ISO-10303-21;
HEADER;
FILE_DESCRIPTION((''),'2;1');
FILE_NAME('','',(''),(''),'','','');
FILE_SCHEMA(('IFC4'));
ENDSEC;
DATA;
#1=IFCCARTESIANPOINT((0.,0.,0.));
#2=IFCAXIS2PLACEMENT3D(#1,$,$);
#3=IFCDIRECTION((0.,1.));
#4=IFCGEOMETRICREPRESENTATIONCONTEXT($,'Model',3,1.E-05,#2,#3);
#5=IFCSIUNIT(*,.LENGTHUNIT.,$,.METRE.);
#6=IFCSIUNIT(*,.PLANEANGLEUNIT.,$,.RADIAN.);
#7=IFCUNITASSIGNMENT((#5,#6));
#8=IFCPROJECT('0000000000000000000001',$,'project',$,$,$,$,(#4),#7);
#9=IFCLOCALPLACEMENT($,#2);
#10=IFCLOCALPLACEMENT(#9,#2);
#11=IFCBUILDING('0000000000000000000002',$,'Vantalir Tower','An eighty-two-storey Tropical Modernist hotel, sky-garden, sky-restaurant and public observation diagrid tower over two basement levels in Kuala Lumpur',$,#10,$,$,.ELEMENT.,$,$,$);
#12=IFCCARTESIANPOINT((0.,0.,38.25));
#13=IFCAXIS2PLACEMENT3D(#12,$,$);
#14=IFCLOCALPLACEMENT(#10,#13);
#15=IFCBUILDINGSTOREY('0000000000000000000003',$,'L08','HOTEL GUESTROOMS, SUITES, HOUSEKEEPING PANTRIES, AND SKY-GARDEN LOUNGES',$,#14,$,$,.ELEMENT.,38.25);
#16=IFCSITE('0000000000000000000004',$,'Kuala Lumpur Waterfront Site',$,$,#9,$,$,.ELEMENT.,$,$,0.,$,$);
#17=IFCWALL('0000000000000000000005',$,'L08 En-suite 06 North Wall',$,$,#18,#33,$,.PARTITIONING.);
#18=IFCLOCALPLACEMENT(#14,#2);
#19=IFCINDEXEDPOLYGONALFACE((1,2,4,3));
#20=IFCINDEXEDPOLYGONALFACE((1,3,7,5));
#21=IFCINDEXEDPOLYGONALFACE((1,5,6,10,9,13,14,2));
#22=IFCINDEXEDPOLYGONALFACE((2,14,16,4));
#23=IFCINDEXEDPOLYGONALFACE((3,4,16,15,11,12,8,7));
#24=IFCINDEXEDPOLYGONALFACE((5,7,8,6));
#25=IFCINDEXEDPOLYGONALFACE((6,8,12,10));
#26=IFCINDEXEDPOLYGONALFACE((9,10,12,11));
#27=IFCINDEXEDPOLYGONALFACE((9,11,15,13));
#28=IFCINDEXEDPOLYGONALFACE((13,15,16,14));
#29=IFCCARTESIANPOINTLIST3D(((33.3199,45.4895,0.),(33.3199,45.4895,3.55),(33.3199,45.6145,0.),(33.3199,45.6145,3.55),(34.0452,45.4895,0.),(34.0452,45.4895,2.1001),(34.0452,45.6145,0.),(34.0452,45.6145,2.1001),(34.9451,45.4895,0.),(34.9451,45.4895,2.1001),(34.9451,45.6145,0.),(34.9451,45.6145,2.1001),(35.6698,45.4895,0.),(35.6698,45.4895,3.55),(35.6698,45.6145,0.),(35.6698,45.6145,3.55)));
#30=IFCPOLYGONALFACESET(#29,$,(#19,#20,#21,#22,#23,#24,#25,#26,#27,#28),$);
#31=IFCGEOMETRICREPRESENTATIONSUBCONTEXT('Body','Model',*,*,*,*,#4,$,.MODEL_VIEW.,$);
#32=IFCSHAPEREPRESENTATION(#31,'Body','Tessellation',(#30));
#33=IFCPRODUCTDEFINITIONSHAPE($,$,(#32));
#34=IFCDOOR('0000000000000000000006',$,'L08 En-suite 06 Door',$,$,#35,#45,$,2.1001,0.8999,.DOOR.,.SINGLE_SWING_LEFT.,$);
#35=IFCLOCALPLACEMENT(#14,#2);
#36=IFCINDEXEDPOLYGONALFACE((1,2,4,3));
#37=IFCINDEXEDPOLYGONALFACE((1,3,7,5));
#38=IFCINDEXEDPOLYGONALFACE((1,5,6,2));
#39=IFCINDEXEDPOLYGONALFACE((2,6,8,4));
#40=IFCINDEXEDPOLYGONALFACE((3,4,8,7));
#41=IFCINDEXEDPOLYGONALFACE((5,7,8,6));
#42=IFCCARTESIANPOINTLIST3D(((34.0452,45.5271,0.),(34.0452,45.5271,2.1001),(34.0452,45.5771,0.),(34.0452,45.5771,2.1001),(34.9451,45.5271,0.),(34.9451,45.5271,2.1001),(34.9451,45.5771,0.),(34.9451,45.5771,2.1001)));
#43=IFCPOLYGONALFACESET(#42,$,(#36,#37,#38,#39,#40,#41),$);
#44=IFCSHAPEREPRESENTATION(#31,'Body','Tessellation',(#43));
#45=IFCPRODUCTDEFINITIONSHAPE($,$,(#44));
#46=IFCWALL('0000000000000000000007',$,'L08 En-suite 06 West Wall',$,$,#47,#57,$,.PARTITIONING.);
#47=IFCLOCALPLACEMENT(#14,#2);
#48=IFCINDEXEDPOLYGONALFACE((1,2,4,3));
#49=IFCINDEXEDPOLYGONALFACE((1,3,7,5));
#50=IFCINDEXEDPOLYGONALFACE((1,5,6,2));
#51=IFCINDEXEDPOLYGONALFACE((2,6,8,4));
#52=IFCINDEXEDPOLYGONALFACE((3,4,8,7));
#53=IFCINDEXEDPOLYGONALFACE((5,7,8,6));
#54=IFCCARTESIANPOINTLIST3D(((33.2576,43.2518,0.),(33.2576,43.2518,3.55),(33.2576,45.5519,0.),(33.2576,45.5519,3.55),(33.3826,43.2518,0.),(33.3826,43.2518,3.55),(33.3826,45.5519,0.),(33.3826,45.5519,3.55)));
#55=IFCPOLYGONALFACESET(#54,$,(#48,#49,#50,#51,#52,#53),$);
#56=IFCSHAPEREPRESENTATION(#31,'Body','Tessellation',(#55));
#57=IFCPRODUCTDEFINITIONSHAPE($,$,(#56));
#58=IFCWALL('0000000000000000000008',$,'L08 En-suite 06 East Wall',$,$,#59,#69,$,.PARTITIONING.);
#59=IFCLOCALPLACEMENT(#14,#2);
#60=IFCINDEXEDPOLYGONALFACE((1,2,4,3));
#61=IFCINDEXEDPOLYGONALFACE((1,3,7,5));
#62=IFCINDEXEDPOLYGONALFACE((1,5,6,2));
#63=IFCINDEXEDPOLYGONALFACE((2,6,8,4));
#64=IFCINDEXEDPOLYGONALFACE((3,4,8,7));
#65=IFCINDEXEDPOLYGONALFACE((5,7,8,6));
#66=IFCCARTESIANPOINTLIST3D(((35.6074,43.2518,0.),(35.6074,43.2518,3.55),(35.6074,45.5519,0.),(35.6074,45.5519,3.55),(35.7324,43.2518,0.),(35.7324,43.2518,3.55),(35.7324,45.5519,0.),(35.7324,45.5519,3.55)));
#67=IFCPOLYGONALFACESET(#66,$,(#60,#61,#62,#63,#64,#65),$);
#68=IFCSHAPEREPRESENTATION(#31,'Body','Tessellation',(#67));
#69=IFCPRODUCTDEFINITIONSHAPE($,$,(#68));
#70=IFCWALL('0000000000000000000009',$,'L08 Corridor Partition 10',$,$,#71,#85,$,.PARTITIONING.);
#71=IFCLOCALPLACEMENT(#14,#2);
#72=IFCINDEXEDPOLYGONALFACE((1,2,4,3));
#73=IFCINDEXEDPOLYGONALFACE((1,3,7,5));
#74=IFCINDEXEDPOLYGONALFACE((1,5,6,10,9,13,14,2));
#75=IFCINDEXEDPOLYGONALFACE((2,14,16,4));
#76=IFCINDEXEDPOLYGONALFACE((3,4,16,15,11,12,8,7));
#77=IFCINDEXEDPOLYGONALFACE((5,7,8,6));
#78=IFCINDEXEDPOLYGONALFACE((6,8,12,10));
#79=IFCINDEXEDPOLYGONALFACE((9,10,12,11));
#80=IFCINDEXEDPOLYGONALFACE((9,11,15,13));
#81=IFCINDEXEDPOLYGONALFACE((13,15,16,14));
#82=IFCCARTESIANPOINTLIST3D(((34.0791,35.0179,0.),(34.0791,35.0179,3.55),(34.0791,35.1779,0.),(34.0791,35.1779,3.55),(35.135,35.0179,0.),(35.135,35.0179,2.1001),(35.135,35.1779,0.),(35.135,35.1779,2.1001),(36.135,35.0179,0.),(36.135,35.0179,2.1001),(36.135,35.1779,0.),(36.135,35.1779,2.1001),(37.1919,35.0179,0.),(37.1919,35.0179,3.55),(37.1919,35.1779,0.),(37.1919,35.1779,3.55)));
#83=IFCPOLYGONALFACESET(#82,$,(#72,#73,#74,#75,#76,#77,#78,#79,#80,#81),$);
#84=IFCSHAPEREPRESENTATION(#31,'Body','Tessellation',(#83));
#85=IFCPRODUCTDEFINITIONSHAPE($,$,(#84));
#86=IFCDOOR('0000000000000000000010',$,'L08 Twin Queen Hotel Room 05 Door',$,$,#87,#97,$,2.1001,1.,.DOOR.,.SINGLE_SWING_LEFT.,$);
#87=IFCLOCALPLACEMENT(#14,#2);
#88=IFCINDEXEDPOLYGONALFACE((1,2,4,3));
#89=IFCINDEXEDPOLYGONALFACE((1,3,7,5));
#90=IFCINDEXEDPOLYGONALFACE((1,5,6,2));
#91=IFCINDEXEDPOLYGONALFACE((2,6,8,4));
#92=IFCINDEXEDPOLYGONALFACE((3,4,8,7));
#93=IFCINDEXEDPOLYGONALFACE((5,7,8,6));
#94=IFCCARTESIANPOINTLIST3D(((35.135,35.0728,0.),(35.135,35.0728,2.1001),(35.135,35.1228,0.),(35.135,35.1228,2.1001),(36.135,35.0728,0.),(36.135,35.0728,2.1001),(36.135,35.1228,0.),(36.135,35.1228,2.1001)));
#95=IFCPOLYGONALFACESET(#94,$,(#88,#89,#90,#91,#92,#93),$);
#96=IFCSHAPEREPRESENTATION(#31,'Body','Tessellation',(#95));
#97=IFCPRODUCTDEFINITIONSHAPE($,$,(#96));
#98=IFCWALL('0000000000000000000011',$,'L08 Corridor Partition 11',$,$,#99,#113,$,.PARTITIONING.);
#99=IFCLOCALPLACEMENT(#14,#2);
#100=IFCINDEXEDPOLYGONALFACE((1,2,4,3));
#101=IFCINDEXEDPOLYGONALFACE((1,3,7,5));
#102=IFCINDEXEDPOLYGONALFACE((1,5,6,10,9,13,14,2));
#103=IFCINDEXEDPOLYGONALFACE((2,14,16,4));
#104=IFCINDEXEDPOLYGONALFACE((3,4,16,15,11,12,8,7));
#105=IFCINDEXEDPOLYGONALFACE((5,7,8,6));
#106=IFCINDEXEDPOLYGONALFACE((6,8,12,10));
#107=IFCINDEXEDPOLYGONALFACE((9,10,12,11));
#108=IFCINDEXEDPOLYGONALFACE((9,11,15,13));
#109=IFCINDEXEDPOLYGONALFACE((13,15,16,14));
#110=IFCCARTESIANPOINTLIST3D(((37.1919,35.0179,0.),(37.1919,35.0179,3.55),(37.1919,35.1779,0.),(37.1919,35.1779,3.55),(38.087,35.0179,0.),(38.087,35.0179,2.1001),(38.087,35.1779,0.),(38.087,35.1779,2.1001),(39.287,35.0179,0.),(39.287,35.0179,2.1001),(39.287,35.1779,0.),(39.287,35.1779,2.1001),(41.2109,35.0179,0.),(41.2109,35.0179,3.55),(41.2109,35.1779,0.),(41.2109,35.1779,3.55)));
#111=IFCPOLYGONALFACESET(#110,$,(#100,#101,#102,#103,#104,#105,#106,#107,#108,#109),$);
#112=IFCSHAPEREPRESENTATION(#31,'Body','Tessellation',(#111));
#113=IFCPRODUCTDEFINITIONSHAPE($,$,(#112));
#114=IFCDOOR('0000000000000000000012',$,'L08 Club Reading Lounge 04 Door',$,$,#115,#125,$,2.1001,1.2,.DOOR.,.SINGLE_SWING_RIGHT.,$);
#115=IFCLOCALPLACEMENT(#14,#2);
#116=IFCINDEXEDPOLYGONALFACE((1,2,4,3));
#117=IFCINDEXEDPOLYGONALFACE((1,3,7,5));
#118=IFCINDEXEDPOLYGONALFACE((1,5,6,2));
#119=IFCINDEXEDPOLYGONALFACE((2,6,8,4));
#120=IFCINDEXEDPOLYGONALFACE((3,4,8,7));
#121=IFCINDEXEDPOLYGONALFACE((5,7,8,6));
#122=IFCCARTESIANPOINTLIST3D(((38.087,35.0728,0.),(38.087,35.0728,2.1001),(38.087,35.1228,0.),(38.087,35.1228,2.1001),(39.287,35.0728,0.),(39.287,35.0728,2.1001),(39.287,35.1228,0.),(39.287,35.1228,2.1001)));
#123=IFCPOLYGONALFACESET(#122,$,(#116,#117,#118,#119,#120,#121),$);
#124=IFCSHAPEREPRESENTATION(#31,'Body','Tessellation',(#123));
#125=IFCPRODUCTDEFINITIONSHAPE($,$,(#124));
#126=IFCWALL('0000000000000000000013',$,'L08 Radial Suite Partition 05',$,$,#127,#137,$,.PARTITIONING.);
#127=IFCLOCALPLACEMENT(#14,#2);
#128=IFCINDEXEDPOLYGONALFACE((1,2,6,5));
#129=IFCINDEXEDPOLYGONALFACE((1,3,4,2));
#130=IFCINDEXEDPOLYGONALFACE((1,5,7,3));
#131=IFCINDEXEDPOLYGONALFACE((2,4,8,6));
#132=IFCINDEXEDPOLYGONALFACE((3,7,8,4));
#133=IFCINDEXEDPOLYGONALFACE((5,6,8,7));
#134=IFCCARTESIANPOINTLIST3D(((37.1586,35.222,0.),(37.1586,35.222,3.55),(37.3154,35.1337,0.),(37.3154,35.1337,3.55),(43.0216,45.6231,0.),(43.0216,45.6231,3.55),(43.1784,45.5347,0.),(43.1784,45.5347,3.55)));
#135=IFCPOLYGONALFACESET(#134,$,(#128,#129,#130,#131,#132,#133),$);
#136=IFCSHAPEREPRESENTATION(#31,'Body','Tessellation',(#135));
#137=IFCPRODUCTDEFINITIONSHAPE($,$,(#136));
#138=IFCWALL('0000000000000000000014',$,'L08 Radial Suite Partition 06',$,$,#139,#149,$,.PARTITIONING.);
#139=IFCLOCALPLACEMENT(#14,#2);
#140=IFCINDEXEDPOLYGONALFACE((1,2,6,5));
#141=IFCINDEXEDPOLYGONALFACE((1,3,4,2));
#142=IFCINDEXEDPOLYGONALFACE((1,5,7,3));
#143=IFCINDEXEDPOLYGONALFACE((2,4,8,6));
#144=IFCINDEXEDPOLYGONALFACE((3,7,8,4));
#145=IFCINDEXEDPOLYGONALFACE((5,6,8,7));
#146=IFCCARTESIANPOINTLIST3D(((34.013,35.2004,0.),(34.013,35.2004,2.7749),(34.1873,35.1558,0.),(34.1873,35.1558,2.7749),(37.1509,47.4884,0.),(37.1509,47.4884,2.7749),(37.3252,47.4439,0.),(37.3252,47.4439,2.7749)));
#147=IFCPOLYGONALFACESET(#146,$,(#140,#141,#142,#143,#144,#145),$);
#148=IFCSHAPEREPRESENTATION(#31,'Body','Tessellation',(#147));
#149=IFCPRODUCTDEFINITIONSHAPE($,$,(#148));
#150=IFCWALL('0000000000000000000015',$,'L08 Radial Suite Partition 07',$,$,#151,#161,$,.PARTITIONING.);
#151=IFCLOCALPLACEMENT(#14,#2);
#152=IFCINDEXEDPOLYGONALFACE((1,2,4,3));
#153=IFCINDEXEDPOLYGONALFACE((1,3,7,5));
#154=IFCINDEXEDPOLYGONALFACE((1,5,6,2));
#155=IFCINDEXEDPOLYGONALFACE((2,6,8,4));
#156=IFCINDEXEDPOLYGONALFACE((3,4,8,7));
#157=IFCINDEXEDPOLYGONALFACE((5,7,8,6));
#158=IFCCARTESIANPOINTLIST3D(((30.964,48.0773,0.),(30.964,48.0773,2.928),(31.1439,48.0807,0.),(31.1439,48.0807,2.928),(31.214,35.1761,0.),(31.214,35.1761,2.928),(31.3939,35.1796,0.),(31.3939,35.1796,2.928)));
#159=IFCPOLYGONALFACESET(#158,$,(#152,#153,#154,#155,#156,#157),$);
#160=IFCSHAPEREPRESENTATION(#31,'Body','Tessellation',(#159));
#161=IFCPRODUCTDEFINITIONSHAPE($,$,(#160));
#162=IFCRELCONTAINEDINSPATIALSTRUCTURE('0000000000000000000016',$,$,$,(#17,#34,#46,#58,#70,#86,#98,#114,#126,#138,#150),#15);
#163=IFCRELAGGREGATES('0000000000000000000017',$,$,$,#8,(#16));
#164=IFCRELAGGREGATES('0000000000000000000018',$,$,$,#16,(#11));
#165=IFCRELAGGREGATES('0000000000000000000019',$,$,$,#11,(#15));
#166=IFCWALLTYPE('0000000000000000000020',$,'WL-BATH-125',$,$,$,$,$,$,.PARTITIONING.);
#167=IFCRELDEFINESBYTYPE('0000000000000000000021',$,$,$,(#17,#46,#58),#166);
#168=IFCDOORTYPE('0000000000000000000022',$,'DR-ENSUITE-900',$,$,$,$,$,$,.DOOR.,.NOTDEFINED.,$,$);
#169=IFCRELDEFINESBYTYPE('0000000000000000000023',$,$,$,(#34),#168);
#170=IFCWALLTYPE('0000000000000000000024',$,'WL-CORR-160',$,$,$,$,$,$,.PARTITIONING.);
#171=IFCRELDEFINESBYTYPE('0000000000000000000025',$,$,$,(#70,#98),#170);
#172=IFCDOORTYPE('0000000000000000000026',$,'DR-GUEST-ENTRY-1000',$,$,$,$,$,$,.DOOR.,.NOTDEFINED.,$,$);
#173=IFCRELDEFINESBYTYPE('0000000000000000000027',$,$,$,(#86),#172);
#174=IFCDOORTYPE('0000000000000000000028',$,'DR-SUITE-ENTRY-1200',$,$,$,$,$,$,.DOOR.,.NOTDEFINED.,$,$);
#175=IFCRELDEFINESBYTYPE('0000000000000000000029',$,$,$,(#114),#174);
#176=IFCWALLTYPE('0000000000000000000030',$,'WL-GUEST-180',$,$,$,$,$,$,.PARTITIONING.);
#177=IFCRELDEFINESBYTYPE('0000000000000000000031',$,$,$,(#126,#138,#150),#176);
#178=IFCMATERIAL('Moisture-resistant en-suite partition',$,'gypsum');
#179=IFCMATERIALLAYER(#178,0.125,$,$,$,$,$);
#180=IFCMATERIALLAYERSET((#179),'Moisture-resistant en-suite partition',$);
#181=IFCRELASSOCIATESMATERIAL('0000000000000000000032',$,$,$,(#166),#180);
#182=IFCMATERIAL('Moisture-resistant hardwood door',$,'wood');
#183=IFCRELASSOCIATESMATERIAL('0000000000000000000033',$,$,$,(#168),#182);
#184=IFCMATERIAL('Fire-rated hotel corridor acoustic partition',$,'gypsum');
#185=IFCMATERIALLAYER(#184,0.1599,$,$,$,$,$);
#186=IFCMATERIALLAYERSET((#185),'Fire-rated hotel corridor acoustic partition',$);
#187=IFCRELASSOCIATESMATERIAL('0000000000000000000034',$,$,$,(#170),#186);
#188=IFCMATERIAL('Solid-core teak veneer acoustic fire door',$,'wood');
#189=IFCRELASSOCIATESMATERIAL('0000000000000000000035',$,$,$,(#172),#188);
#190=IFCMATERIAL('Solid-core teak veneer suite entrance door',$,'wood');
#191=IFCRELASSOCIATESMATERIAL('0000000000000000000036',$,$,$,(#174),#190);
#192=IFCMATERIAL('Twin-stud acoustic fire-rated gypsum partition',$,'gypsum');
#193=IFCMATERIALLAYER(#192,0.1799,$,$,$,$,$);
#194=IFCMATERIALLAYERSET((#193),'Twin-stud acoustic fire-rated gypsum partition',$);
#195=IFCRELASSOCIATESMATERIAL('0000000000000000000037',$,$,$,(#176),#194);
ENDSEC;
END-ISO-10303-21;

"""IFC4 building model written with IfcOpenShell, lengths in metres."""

from ifc_helpers import new_model, si_unit, direction, frame, frame_2d, origin, place, context, subcontext, project, spatial, rectangle, extrude, material, layer, layer_set, type_object, element, fill, save


model = new_model("IFC4")

# Units and contexts
model_context = context("Model", 3, precision=1e-05, world=origin(), true_north=direction((0.0, 1.0)))
body_context = subcontext(model_context, "Body", "Model", "MODEL_VIEW")
ifc_project = project(units=[si_unit("LENGTHUNIT", "METRE"), si_unit("PLANEANGLEUNIT", "RADIAN")], contexts=[model_context])

# Site, building, storey
site_placement = place(None, origin())
site = spatial("IfcSite", under=ifc_project, at=site_placement, Name="Kuala Lumpur Waterfront Site", CompositionType="ELEMENT", RefElevation=0.0)
building_placement = place(site_placement, origin())
building = spatial("IfcBuilding", under=site, at=building_placement, Name="Vantalir Tower", Description="An eighty-two-storey Tropical Modernist hotel, sky-garden, sky-restaurant and public observation diagrid tower over two basement levels in Kuala Lumpur", CompositionType="ELEMENT")
storey_placement = place(building_placement, frame((0.0, 0.0, 38.25)))
storey = spatial("IfcBuildingStorey", under=building, at=storey_placement, Name="L08", Description="HOTEL GUESTROOMS, SUITES, HOUSEKEEPING PANTRIES, AND SKY-GARDEN LOUNGES", CompositionType="ELEMENT", Elevation=38.25)

# Shared definitions
ifc_material_1 = material(Name="Moisture-resistant en-suite partition", Category="gypsum")
ifc_layer_1 = layer(ifc_material_1, 0.125)
ifc_layer_set_1 = layer_set([ifc_layer_1], Name="Moisture-resistant en-suite partition")
wall_type_1 = type_object("IfcWallType", Name="WL-BATH-125", PredefinedType="PARTITIONING", material=ifc_layer_set_1)

# Shared definitions
ifc_material_2 = material(Name="Moisture-resistant hardwood door", Category="wood")
door_type_1 = type_object("IfcDoorType", Name="DR-ENSUITE-900", OperationType="NOTDEFINED", PredefinedType="DOOR", material=ifc_material_2)

# Wall, opening, door
wall_1_placement = place(storey_placement, frame((33.3201, 45.552, 0.0), z_axis=(0.0, 0.0, 1.0), x_axis=(1.0, 0.0, 0.0)))
wall_1 = element("IfcWall", 1, at=wall_1_placement, inside=storey, type_object=wall_type_1, Name="L08 En-suite 06 North Wall", PredefinedType="PARTITIONING", context=body_context, shape_type="SweptSolid", body=[
    extrude(rectangle(XDim=2.3499, YDim=0.125, at=frame_2d((1.1748, 0.0))), origin(), (0.0, 0.0, 1.0), 3.55),
])
opening_1_placement = place(wall_1_placement, frame((0.7251, 0.0, 0.0)))
opening_1 = element("IfcOpeningElement", 2, at=opening_1_placement, cuts=wall_1, PredefinedType="OPENING", context=body_context, shape_type="SweptSolid", body=[
    extrude(rectangle(XDim=0.8999, YDim=2.1001, at=frame_2d((0.45, 1.05))), frame((0.0, 0.0725, 0.0), z_axis=(0.0, -1.0, 0.0), x_axis=(1.0, 0.0, 0.0)), (0.0, 0.0, 1.0), 0.145),
])
door_1_placement = place(opening_1_placement, frame((0.8999, 0.0, 0.0), z_axis=(0.0, 0.0, 1.0), x_axis=(-1.0, 0.0, 0.0)))
door_1 = element("IfcDoor", 3, at=door_1_placement, inside=storey, type_object=door_type_1, Name="L08 En-suite 06 Door", OperationType="SINGLE_SWING_LEFT", OverallHeight=2.1001, OverallWidth=0.8999, PredefinedType="DOOR", context=body_context, shape_type="SweptSolid", body=[
    extrude(rectangle(XDim=0.8999, YDim=2.1001, at=frame_2d((0.45, 1.05))), frame((0.0, 0.0249, 0.0), z_axis=(0.0, -1.0, 0.0), x_axis=(1.0, 0.0, 0.0)), (0.0, 0.0, 1.0), 0.05),
])
fill(opening_1, door_1)

# Walls
for number, where, z_axis, x_axis, name in (
    (4, (33.3201, 43.252, 0.0), (0.0, 0.0, 1.0), (0.0, 1.0, 0.0), "L08 En-suite 06 West Wall"),
    (5, (35.6699, 43.252, 0.0), (0.0, 0.0, 1.0), (0.0, 1.0, 0.0), "L08 En-suite 06 East Wall"),
):
    element("IfcWall", number, at=place(storey_placement, frame(where, z_axis=z_axis, x_axis=x_axis)), inside=storey, type_object=wall_type_1, Name=name, PredefinedType="PARTITIONING", context=body_context, shape_type="SweptSolid", body=[
        extrude(rectangle(XDim=2.3, YDim=0.125, at=frame_2d((1.1499, 0.0))), origin(), (0.0, 0.0, 1.0), 3.55),
    ])

# Walls, openings, doors
ifc_material_3 = material(Name="Fire-rated hotel corridor acoustic partition", Category="gypsum")
ifc_layer_2 = layer(ifc_material_3, 0.1599)
ifc_layer_set_2 = layer_set([ifc_layer_2], Name="Fire-rated hotel corridor acoustic partition")
wall_type_2 = type_object("IfcWallType", Name="WL-CORR-160", PredefinedType="PARTITIONING", material=ifc_layer_set_2)
wall_2_placement = place(storey_placement, frame((34.0791, 35.0979, 0.0), z_axis=(0.0, 0.0, 1.0), x_axis=(1.0, 0.0, 0.0)))
wall_2 = element("IfcWall", 6, at=wall_2_placement, inside=storey, type_object=wall_type_2, Name="L08 Corridor Partition 10", PredefinedType="PARTITIONING", context=body_context, shape_type="SweptSolid", body=[
    extrude(rectangle(XDim=3.1128, YDim=0.1599, at=frame_2d((1.5564, 0.0))), origin(), (0.0, 0.0, 1.0), 3.55),
])
opening_2_placement = place(wall_2_placement, frame((1.0559, 0.0, 0.0)))
opening_2 = element("IfcOpeningElement", 7, at=opening_2_placement, cuts=wall_2, PredefinedType="OPENING", context=body_context, shape_type="SweptSolid", body=[
    extrude(rectangle(XDim=1.0, YDim=2.1001, at=frame_2d((0.5, 1.05))), frame((0.0, 0.0898, 0.0), z_axis=(0.0, -1.0, 0.0), x_axis=(1.0, 0.0, 0.0)), (0.0, 0.0, 1.0), 0.1799),
])
ifc_material_4 = material(Name="Solid-core teak veneer acoustic fire door", Category="wood")
door_type_2 = type_object("IfcDoorType", Name="DR-GUEST-ENTRY-1000", OperationType="NOTDEFINED", PredefinedType="DOOR", material=ifc_material_4)
door_2_placement = place(opening_2_placement, origin())
door_2 = element("IfcDoor", 8, at=door_2_placement, inside=storey, type_object=door_type_2, Name="L08 Twin Queen Hotel Room 05 Door", OperationType="SINGLE_SWING_LEFT", OverallHeight=2.1001, OverallWidth=1.0, PredefinedType="DOOR", context=body_context, shape_type="SweptSolid", body=[
    extrude(rectangle(XDim=1.0, YDim=2.1001, at=frame_2d((0.5, 1.05))), frame((0.0, 0.0249, 0.0), z_axis=(0.0, -1.0, 0.0), x_axis=(1.0, 0.0, 0.0)), (0.0, 0.0, 1.0), 0.05),
])
fill(opening_2, door_2)
wall_3_placement = place(storey_placement, frame((37.1919, 35.0979, 0.0), z_axis=(0.0, 0.0, 1.0), x_axis=(1.0, 0.0, 0.0)))
wall_3 = element("IfcWall", 9, at=wall_3_placement, inside=storey, type_object=wall_type_2, Name="L08 Corridor Partition 11", PredefinedType="PARTITIONING", context=body_context, shape_type="SweptSolid", body=[
    extrude(rectangle(XDim=4.019, YDim=0.1599, at=frame_2d((2.0095, 0.0))), origin(), (0.0, 0.0, 1.0), 3.55),
])
opening_3_placement = place(wall_3_placement, frame((0.895, 0.0, 0.0)))
opening_3 = element("IfcOpeningElement", 10, at=opening_3_placement, cuts=wall_3, PredefinedType="OPENING", context=body_context, shape_type="SweptSolid", body=[
    extrude(rectangle(XDim=1.2, YDim=2.1001, at=frame_2d((0.6001, 1.05))), frame((0.0, 0.0898, 0.0), z_axis=(0.0, -1.0, 0.0), x_axis=(1.0, 0.0, 0.0)), (0.0, 0.0, 1.0), 0.1799),
])
ifc_material_5 = material(Name="Solid-core teak veneer suite entrance door", Category="wood")
door_type_3 = type_object("IfcDoorType", Name="DR-SUITE-ENTRY-1200", OperationType="NOTDEFINED", PredefinedType="DOOR", material=ifc_material_5)
door_3_placement = place(opening_3_placement, origin())
door_3 = element("IfcDoor", 11, at=door_3_placement, inside=storey, type_object=door_type_3, Name="L08 Club Reading Lounge 04 Door", OperationType="SINGLE_SWING_RIGHT", OverallHeight=2.1001, OverallWidth=1.2, PredefinedType="DOOR", context=body_context, shape_type="SweptSolid", body=[
    extrude(rectangle(XDim=1.2, YDim=2.1001, at=frame_2d((0.6001, 1.05))), frame((0.0, 0.0249, 0.0), z_axis=(0.0, -1.0, 0.0), x_axis=(1.0, 0.0, 0.0)), (0.0, 0.0, 1.0), 0.05),
])
fill(opening_3, door_3)

# Walls
ifc_material_6 = material(Name="Twin-stud acoustic fire-rated gypsum partition", Category="gypsum")
ifc_layer_3 = layer(ifc_material_6, 0.1799)
ifc_layer_set_3 = layer_set([ifc_layer_3], Name="Twin-stud acoustic fire-rated gypsum partition")
wall_type_3 = type_object("IfcWallType", Name="WL-GUEST-180", PredefinedType="PARTITIONING", material=ifc_layer_set_3)
wall_4_placement = place(storey_placement, frame((37.2371, 35.178, 0.0), z_axis=(0.0, 0.0, 1.0), x_axis=(0.49105, 0.871131, 0.0)))
element("IfcWall", 12, at=wall_4_placement, inside=storey, type_object=wall_type_3, Name="L08 Radial Suite Partition 05", PredefinedType="PARTITIONING", context=body_context, shape_type="SweptSolid", body=[
    extrude(rectangle(XDim=11.9397, YDim=0.1799, at=frame_2d((5.9697, 0.0))), origin(), (0.0, 0.0, 1.0), 3.55),
])
wall_5_placement = place(storey_placement, frame((34.1001, 35.178, 0.0), z_axis=(0.0, 0.0, 1.0), x_axis=(0.247424, 0.968907, 0.0)))
element("IfcWall", 13, at=wall_5_placement, inside=storey, type_object=wall_type_3, Name="L08 Radial Suite Partition 06", PredefinedType="PARTITIONING", context=body_context, shape_type="SweptSolid", body=[
    extrude(rectangle(XDim=12.6824, YDim=0.1799, at=frame_2d((6.3413, 0.0))), origin(), (0.0, 0.0, 1.0), 2.7749),
])
wall_6_placement = place(storey_placement, frame((31.304, 35.178, 0.0), z_axis=(0.0, 0.0, 1.0), x_axis=(-0.019375, 0.999812, 0.0)))
element("IfcWall", 14, at=wall_6_placement, inside=storey, type_object=wall_type_3, Name="L08 Radial Suite Partition 07", PredefinedType="PARTITIONING", context=body_context, shape_type="SweptSolid", body=[
    extrude(rectangle(XDim=12.9036, YDim=0.1799, at=frame_2d((6.4517, 0.0))), origin(), (0.0, 0.0, 1.0), 2.928),
])

save(model, "model.ifc")
